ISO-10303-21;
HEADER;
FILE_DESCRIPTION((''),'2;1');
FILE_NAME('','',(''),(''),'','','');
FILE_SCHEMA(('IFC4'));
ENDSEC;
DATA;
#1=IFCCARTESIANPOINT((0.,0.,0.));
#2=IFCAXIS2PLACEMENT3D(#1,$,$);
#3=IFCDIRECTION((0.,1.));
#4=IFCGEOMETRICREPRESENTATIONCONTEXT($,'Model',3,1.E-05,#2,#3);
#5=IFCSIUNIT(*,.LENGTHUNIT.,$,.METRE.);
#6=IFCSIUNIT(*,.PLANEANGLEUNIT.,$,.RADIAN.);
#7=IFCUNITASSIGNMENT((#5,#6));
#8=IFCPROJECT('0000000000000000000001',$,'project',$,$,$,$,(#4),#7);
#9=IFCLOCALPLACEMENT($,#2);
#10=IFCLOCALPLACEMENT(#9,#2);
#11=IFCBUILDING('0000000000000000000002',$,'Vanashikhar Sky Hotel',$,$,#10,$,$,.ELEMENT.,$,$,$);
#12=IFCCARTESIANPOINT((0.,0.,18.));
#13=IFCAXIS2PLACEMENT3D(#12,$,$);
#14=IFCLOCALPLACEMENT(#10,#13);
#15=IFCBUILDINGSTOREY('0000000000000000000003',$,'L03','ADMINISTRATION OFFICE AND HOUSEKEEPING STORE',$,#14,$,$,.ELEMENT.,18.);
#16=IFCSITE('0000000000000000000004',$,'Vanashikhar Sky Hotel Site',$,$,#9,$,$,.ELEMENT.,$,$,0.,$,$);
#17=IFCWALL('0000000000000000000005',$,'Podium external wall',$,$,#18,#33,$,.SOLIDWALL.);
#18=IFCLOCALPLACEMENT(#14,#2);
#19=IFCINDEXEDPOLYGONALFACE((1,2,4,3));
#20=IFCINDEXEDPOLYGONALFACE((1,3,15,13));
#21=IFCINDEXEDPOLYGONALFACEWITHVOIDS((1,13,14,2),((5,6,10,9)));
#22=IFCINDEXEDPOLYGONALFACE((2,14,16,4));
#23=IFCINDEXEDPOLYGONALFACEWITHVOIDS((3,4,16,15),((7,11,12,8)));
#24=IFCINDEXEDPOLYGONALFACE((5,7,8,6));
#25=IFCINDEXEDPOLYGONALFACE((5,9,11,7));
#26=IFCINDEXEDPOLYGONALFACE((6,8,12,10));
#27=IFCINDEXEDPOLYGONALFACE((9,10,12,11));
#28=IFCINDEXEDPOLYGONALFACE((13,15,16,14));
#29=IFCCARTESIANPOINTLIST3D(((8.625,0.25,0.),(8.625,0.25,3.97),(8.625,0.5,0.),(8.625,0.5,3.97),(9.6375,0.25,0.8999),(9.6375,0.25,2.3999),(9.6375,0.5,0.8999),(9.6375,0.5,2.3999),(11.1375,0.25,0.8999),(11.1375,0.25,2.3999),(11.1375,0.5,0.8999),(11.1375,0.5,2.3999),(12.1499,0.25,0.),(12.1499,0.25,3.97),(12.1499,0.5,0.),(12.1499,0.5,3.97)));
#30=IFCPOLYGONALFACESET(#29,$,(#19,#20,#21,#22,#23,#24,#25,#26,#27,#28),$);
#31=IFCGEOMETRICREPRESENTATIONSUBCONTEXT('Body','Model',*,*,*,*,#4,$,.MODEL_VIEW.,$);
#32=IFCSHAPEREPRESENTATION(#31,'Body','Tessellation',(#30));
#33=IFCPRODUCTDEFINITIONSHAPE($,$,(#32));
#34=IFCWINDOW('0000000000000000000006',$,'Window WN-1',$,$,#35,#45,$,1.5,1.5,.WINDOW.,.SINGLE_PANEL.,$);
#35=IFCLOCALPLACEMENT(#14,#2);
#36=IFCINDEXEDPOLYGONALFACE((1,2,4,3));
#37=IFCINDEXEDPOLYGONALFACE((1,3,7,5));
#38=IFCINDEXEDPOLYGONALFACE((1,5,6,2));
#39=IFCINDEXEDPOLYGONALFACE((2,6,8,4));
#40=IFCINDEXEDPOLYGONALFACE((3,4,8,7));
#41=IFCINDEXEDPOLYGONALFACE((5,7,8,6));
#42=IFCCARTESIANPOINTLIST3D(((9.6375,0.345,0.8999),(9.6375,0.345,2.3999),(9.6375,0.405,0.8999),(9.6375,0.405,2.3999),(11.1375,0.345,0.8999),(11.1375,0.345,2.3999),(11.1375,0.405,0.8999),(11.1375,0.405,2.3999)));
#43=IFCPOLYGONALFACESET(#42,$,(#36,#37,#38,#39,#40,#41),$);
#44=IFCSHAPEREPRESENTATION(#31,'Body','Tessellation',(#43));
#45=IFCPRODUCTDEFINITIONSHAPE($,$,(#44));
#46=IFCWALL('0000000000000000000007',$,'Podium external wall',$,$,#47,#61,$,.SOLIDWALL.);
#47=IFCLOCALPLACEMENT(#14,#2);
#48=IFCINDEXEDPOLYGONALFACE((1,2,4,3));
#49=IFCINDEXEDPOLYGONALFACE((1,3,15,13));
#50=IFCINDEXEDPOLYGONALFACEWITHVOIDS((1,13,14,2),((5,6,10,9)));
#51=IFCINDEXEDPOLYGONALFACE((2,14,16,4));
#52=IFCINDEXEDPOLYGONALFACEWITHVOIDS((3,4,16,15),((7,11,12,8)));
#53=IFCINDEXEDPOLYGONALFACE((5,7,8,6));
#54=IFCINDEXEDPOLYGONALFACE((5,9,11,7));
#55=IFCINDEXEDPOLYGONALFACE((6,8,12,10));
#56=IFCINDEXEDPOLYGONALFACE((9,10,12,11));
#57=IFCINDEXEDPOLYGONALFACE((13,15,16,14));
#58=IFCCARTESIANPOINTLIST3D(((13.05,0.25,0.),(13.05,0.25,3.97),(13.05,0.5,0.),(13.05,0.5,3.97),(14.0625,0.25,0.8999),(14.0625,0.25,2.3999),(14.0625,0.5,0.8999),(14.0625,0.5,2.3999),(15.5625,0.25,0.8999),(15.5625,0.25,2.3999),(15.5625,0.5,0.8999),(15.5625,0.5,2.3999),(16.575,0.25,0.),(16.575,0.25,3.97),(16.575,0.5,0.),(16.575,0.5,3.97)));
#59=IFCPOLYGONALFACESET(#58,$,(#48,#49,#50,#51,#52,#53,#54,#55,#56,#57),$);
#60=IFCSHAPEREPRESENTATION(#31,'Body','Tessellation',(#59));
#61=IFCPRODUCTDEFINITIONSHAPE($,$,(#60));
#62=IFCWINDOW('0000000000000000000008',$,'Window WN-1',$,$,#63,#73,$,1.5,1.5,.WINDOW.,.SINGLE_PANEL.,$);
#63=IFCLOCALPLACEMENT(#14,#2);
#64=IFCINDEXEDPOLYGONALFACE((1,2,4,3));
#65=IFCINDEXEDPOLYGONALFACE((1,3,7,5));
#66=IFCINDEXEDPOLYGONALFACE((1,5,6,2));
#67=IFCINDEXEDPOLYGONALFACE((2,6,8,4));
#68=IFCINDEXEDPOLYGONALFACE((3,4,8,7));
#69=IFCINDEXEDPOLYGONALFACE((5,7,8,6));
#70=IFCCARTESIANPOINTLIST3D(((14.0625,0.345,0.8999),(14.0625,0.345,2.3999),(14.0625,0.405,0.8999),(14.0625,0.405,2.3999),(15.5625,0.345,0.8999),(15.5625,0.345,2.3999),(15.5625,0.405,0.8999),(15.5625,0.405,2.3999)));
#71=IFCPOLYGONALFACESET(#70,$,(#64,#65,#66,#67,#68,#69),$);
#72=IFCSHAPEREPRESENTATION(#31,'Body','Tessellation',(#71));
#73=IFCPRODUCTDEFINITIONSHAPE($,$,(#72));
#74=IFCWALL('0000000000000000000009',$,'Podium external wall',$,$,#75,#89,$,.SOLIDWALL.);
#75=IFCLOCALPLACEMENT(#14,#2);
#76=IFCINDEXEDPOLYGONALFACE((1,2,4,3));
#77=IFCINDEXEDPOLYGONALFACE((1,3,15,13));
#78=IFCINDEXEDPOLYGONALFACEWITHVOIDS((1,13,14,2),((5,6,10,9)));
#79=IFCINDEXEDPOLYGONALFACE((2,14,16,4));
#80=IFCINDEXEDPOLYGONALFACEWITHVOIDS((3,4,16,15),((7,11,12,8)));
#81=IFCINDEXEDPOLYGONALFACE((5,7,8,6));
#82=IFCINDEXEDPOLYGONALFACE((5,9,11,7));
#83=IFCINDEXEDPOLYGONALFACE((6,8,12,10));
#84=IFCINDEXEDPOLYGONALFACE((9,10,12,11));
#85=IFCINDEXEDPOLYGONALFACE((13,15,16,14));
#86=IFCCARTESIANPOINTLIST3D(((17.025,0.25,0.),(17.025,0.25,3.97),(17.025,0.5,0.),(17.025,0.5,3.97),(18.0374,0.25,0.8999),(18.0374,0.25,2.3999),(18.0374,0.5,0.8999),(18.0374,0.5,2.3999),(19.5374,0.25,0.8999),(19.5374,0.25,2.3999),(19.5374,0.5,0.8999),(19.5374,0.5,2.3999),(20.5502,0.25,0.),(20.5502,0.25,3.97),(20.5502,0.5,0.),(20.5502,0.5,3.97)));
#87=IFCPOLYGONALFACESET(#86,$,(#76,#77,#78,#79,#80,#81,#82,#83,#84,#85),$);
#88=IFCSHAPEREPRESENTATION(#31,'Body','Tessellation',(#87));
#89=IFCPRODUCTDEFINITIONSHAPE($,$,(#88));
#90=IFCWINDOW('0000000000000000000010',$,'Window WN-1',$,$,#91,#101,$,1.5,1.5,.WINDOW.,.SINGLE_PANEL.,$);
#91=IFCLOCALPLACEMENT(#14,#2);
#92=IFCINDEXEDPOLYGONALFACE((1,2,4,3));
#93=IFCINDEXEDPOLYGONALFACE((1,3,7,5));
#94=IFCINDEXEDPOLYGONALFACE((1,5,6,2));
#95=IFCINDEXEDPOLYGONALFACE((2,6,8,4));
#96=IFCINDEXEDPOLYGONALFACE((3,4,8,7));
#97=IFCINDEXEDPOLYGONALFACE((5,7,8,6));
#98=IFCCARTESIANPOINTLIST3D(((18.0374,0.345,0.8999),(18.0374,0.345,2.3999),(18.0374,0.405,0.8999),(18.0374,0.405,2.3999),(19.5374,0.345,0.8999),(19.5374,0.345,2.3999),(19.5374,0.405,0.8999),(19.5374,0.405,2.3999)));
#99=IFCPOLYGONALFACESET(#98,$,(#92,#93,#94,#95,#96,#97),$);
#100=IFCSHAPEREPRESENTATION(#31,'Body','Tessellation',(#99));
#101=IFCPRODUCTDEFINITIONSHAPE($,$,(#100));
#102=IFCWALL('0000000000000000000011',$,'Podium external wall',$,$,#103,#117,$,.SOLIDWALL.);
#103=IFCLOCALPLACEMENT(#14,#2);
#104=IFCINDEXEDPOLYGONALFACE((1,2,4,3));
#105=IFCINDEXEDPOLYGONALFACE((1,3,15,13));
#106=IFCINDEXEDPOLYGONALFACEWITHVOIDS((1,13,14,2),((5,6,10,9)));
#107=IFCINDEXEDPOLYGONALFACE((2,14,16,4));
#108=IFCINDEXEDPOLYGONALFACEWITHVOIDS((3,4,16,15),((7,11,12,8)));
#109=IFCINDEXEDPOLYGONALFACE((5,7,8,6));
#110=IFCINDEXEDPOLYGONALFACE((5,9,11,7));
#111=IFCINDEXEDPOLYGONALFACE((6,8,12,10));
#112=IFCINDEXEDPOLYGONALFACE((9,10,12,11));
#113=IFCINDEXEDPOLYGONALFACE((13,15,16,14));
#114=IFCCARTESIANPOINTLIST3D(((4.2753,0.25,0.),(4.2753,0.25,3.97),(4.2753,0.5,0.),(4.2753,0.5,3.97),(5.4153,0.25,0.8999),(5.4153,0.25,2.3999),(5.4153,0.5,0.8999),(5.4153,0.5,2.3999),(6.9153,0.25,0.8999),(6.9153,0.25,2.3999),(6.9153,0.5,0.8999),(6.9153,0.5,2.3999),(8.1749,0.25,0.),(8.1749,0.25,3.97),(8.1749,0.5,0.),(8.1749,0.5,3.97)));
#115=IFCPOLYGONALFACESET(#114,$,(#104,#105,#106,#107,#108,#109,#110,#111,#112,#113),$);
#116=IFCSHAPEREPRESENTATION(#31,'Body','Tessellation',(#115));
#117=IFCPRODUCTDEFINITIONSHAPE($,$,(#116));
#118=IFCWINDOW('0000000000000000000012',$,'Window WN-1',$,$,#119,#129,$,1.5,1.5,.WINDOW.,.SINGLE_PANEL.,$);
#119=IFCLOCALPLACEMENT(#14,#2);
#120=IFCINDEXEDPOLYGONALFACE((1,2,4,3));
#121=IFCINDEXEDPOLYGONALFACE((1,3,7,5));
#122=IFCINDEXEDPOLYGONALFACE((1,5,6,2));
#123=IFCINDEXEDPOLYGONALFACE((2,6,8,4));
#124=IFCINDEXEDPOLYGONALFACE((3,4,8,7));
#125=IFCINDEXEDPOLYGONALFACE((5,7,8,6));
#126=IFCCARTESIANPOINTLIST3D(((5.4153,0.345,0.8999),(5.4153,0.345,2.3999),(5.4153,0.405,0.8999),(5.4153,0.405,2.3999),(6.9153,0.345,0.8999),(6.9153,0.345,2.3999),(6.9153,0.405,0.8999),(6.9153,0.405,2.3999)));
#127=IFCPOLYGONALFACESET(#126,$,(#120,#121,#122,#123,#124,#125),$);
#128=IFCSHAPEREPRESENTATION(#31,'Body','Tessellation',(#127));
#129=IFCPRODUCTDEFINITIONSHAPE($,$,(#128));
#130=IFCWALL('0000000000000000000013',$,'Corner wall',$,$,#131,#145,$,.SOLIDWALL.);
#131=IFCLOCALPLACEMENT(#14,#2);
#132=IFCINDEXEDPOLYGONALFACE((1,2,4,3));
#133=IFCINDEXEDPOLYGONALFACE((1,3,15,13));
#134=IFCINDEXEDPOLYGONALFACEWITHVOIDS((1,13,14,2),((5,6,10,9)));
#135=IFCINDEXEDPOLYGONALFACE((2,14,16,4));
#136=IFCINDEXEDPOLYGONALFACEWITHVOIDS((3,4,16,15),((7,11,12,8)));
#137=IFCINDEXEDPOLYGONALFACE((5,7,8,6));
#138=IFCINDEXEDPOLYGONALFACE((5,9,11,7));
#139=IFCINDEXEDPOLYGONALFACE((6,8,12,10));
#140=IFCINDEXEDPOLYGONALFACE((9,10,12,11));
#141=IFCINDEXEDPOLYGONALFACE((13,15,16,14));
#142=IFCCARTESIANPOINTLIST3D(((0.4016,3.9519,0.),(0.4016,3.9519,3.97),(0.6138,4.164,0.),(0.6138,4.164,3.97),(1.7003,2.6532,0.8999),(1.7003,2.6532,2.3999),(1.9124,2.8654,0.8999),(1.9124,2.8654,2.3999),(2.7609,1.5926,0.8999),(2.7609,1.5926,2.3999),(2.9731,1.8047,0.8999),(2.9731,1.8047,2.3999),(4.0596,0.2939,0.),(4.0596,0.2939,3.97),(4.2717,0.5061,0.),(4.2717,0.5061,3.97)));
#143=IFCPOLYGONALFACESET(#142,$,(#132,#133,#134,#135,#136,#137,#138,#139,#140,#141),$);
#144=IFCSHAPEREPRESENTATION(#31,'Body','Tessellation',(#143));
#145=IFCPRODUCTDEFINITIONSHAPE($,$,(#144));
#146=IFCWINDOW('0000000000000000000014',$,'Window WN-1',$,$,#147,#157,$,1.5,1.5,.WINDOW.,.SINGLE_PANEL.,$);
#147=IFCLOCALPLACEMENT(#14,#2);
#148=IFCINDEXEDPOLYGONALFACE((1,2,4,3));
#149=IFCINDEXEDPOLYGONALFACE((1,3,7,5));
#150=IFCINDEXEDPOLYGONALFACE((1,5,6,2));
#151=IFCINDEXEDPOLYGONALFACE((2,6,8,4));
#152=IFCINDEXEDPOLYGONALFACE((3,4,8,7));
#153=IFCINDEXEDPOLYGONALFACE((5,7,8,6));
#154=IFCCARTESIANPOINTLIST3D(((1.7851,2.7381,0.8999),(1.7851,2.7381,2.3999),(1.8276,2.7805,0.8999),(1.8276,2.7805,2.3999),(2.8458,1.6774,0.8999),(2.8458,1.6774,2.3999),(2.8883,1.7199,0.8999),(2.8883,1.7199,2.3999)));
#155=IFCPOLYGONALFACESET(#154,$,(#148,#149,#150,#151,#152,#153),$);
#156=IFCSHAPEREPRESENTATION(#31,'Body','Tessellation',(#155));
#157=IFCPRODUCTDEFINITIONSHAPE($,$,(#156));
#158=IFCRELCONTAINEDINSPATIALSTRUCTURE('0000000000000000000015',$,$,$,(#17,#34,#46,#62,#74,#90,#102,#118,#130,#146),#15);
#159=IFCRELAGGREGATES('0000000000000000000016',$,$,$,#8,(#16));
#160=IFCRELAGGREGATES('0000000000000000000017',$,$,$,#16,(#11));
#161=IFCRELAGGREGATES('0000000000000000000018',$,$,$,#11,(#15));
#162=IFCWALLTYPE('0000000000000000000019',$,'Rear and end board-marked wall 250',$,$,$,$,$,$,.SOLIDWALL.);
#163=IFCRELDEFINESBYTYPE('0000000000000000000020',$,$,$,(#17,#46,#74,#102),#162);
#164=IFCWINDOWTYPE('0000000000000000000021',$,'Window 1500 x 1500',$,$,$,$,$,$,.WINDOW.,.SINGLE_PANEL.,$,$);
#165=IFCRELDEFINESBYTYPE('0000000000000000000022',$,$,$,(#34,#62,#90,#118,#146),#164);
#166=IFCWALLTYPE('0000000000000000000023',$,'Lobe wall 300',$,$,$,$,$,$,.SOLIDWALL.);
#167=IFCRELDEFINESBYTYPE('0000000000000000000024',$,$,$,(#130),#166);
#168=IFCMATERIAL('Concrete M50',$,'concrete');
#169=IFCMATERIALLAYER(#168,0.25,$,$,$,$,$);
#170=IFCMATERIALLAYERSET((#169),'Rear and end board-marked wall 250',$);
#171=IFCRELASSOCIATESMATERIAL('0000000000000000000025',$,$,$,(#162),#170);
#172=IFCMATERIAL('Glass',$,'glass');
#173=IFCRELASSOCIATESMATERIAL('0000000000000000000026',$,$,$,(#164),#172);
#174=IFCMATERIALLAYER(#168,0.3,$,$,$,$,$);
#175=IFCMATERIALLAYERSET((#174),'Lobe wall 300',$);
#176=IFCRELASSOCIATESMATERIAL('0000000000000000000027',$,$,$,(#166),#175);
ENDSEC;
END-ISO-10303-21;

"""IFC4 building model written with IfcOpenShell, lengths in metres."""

from ifc_helpers import new_model, si_unit, direction, frame, frame_2d, origin, place, context, subcontext, project, spatial, rectangle, extrude, source, transform, mapped, material, layer, layer_set, type_object, element, fill, save


model = new_model("IFC4")

# Units and contexts
model_context = context("Model", 3, precision=1e-05, world=origin(), true_north=direction((0.0, 1.0)))
body_context = subcontext(model_context, "Body", "Model", "MODEL_VIEW")
ifc_project = project(units=[si_unit("LENGTHUNIT", "METRE"), si_unit("PLANEANGLEUNIT", "RADIAN")], contexts=[model_context])

# Site, building, storey
site_placement = place(None, origin())
site = spatial("IfcSite", under=ifc_project, at=site_placement, Name="Vanashikhar Sky Hotel Site", CompositionType="ELEMENT", RefElevation=0.0)
building_placement = place(site_placement, origin())
building = spatial("IfcBuilding", under=site, at=building_placement, Name="Vanashikhar Sky Hotel", CompositionType="ELEMENT")
storey_placement = place(building_placement, frame((0.0, 0.0, 18.0)))
storey = spatial("IfcBuildingStorey", under=building, at=storey_placement, Name="L03", Description="ADMINISTRATION OFFICE AND HOUSEKEEPING STORE", CompositionType="ELEMENT", Elevation=18.0)

# Shared definitions
ifc_material_1 = material(Name="Concrete M50", Category="concrete")

# Walls, openings, windows
ifc_layer_1 = layer(ifc_material_1, 0.25)
ifc_layer_set_1 = layer_set([ifc_layer_1], Name="Rear and end board-marked wall 250")
wall_type_1 = type_object("IfcWallType", Name="Rear and end board-marked wall 250", PredefinedType="SOLIDWALL", material=ifc_layer_set_1)
shared_shape_1 = source(origin(), body_context, "Body", "SweptSolid", [
    extrude(rectangle(XDim=3.5249, YDim=0.25, at=frame_2d((1.7625, 0.0))), origin(), (0.0, 0.0, 1.0), 3.97),
])
wall_1_placement = place(storey_placement, frame((8.625, 0.375, 0.0), z_axis=(0.0, 0.0, 1.0), x_axis=(1.0, 0.0, 0.0)))
wall_1 = element("IfcWall", 1, at=wall_1_placement, inside=storey, type_object=wall_type_1, Name="Podium external wall", PredefinedType="SOLIDWALL", context=body_context, shape_type="MappedRepresentation", body=[
    mapped(shared_shape_1, transform((0.0, 0.0, 0.0), scale=1.0)),
])
shared_shape_2 = source(origin(), body_context, "Body", "SweptSolid", [
    extrude(rectangle(XDim=1.5, YDim=1.5, at=frame_2d((0.75, 0.75))), frame((0.0, 0.135, 0.0), z_axis=(0.0, -1.0, 0.0), x_axis=(1.0, 0.0, 0.0)), (0.0, 0.0, 1.0), 0.27),
])
opening_1_placement = place(wall_1_placement, frame((1.0125, 0.0, 0.8999)))
opening_1 = element("IfcOpeningElement", 2, at=opening_1_placement, cuts=wall_1, PredefinedType="OPENING", context=body_context, shape_type="MappedRepresentation", body=[
    mapped(shared_shape_2, transform((0.0, 0.0, 0.0), scale=1.0)),
])
ifc_material_2 = material(Name="Glass", Category="glass")
window_type = type_object("IfcWindowType", Name="Window 1500 x 1500", PartitioningType="SINGLE_PANEL", PredefinedType="WINDOW", material=ifc_material_2)
shared_shape_3 = source(origin(), body_context, "Body", "SweptSolid", [
    extrude(rectangle(XDim=1.5, YDim=1.5, at=frame_2d((0.75, 0.75))), frame((0.0, 0.03, 0.0), z_axis=(0.0, -1.0, 0.0), x_axis=(1.0, 0.0, 0.0)), (0.0, 0.0, 1.0), 0.0601),
])
window_1_placement = place(opening_1_placement, origin())
window_1 = element("IfcWindow", 3, at=window_1_placement, inside=storey, type_object=window_type, Name="Window WN-1", OverallHeight=1.5, OverallWidth=1.5, PartitioningType="SINGLE_PANEL", PredefinedType="WINDOW", context=body_context, shape_type="MappedRepresentation", body=[
    mapped(shared_shape_3, transform((0.0, 0.0, 0.0), scale=1.0)),
])
fill(opening_1, window_1)
wall_2_placement = place(storey_placement, frame((13.05, 0.375, 0.0), z_axis=(0.0, 0.0, 1.0), x_axis=(1.0, 0.0, 0.0)))
wall_2 = element("IfcWall", 4, at=wall_2_placement, inside=storey, type_object=wall_type_1, Name="Podium external wall", PredefinedType="SOLIDWALL", context=body_context, shape_type="MappedRepresentation", body=[
    mapped(shared_shape_1, transform((0.0, 0.0, 0.0), scale=1.0)),
])
opening_2_placement = place(wall_2_placement, frame((1.0125, 0.0, 0.8999)))
opening_2 = element("IfcOpeningElement", 5, at=opening_2_placement, cuts=wall_2, PredefinedType="OPENING", context=body_context, shape_type="MappedRepresentation", body=[
    mapped(shared_shape_2, transform((0.0, 0.0, 0.0), scale=1.0)),
])
window_2_placement = place(opening_2_placement, origin())
window_2 = element("IfcWindow", 6, at=window_2_placement, inside=storey, type_object=window_type, Name="Window WN-1", OverallHeight=1.5, OverallWidth=1.5, PartitioningType="SINGLE_PANEL", PredefinedType="WINDOW", context=body_context, shape_type="MappedRepresentation", body=[
    mapped(shared_shape_3, transform((0.0, 0.0, 0.0), scale=1.0)),
])
fill(opening_2, window_2)
shared_shape_4 = source(origin(), body_context, "Body", "SweptSolid", [
    extrude(rectangle(XDim=3.5251, YDim=0.25, at=frame_2d((1.7627, 0.0))), origin(), (0.0, 0.0, 1.0), 3.97),
])
wall_3_placement = place(storey_placement, frame((17.0249, 0.375, 0.0), z_axis=(0.0, 0.0, 1.0), x_axis=(1.0, 0.0, 0.0)))
wall_3 = element("IfcWall", 7, at=wall_3_placement, inside=storey, type_object=wall_type_1, Name="Podium external wall", PredefinedType="SOLIDWALL", context=body_context, shape_type="MappedRepresentation", body=[
    mapped(shared_shape_4, transform((0.0, 0.0, 0.0), scale=1.0)),
])
opening_3_placement = place(wall_3_placement, frame((1.0125, 0.0, 0.8999)))
opening_3 = element("IfcOpeningElement", 8, at=opening_3_placement, cuts=wall_3, PredefinedType="OPENING", context=body_context, shape_type="MappedRepresentation", body=[
    mapped(shared_shape_2, transform((0.0, 0.0, 0.0), scale=1.0)),
])
window_3_placement = place(opening_3_placement, origin())
window_3 = element("IfcWindow", 9, at=window_3_placement, inside=storey, type_object=window_type, Name="Window WN-1", OverallHeight=1.5, OverallWidth=1.5, PartitioningType="SINGLE_PANEL", PredefinedType="WINDOW", context=body_context, shape_type="MappedRepresentation", body=[
    mapped(shared_shape_3, transform((0.0, 0.0, 0.0), scale=1.0)),
])
fill(opening_3, window_3)
shared_shape_5 = source(origin(), body_context, "Body", "SweptSolid", [
    extrude(rectangle(XDim=3.8997, YDim=0.25, at=frame_2d((1.9497, 0.0))), origin(), (0.0, 0.0, 1.0), 3.97),
])
wall_4_placement = place(storey_placement, frame((4.2754, 0.375, 0.0), z_axis=(0.0, 0.0, 1.0), x_axis=(1.0, 0.0, 0.0)))
wall_4 = element("IfcWall", 10, at=wall_4_placement, inside=storey, type_object=wall_type_1, Name="Podium external wall", PredefinedType="SOLIDWALL", context=body_context, shape_type="MappedRepresentation", body=[
    mapped(shared_shape_5, transform((0.0, 0.0, 0.0), scale=1.0)),
])
opening_4_placement = place(wall_4_placement, frame((1.1399, 0.0, 0.8999)))
opening_4 = element("IfcOpeningElement", 11, at=opening_4_placement, cuts=wall_4, PredefinedType="OPENING", context=body_context, shape_type="MappedRepresentation", body=[
    mapped(shared_shape_2, transform((0.0, 0.0, 0.0), scale=1.0)),
])
window_4_placement = place(opening_4_placement, origin())
window_4 = element("IfcWindow", 12, at=window_4_placement, inside=storey, type_object=window_type, Name="Window WN-1", OverallHeight=1.5, OverallWidth=1.5, PartitioningType="SINGLE_PANEL", PredefinedType="WINDOW", context=body_context, shape_type="MappedRepresentation", body=[
    mapped(shared_shape_3, transform((0.0, 0.0, 0.0), scale=1.0)),
])
fill(opening_4, window_4)
ifc_layer_2 = layer(ifc_material_1, 0.3)
ifc_layer_set_2 = layer_set([ifc_layer_2], Name="Lobe wall 300")
wall_type_2 = type_object("IfcWallType", Name="Lobe wall 300", PredefinedType="SOLIDWALL", material=ifc_layer_set_2)
shared_shape_6 = source(origin(), body_context, "Body", "SweptSolid", [
    extrude(rectangle(XDim=5.1731, YDim=0.3, at=frame_2d((2.5864, 0.0))), origin(), (0.0, 0.0, 1.0), 3.97),
])
wall_5_placement = place(storey_placement, frame((0.5078, 4.0579, 0.0), z_axis=(0.0, 0.0, 1.0), x_axis=(0.707107, -0.707107, 0.0)))
wall_5 = element("IfcWall", 13, at=wall_5_placement, inside=storey, type_object=wall_type_2, Name="Corner wall", PredefinedType="SOLIDWALL", context=body_context, shape_type="MappedRepresentation", body=[
    mapped(shared_shape_6, transform((0.0, 0.0, 0.0), scale=1.0)),
])
shared_shape_7 = source(origin(), body_context, "Body", "SweptSolid", [
    extrude(rectangle(XDim=1.5, YDim=1.5, at=frame_2d((0.75, 0.75))), frame((0.0, 0.1602, 0.0), z_axis=(0.0, -1.0, 0.0), x_axis=(1.0, 0.0, 0.0)), (0.0, 0.0, 1.0), 0.3201),
])
opening_5_placement = place(wall_5_placement, frame((1.8364, 0.0, 0.8999)))
opening_5 = element("IfcOpeningElement", 14, at=opening_5_placement, cuts=wall_5, PredefinedType="OPENING", context=body_context, shape_type="MappedRepresentation", body=[
    mapped(shared_shape_7, transform((0.0, 0.0, 0.0), scale=1.0)),
])
window_5_placement = place(opening_5_placement, origin())
window_5 = element("IfcWindow", 15, at=window_5_placement, inside=storey, type_object=window_type, Name="Window WN-1", OverallHeight=1.5, OverallWidth=1.5, PartitioningType="SINGLE_PANEL", PredefinedType="WINDOW", context=body_context, shape_type="MappedRepresentation", body=[
    mapped(shared_shape_3, transform((0.0, 0.0, 0.0), scale=1.0)),
])
fill(opening_5, window_5)

save(model, "model.ifc")
